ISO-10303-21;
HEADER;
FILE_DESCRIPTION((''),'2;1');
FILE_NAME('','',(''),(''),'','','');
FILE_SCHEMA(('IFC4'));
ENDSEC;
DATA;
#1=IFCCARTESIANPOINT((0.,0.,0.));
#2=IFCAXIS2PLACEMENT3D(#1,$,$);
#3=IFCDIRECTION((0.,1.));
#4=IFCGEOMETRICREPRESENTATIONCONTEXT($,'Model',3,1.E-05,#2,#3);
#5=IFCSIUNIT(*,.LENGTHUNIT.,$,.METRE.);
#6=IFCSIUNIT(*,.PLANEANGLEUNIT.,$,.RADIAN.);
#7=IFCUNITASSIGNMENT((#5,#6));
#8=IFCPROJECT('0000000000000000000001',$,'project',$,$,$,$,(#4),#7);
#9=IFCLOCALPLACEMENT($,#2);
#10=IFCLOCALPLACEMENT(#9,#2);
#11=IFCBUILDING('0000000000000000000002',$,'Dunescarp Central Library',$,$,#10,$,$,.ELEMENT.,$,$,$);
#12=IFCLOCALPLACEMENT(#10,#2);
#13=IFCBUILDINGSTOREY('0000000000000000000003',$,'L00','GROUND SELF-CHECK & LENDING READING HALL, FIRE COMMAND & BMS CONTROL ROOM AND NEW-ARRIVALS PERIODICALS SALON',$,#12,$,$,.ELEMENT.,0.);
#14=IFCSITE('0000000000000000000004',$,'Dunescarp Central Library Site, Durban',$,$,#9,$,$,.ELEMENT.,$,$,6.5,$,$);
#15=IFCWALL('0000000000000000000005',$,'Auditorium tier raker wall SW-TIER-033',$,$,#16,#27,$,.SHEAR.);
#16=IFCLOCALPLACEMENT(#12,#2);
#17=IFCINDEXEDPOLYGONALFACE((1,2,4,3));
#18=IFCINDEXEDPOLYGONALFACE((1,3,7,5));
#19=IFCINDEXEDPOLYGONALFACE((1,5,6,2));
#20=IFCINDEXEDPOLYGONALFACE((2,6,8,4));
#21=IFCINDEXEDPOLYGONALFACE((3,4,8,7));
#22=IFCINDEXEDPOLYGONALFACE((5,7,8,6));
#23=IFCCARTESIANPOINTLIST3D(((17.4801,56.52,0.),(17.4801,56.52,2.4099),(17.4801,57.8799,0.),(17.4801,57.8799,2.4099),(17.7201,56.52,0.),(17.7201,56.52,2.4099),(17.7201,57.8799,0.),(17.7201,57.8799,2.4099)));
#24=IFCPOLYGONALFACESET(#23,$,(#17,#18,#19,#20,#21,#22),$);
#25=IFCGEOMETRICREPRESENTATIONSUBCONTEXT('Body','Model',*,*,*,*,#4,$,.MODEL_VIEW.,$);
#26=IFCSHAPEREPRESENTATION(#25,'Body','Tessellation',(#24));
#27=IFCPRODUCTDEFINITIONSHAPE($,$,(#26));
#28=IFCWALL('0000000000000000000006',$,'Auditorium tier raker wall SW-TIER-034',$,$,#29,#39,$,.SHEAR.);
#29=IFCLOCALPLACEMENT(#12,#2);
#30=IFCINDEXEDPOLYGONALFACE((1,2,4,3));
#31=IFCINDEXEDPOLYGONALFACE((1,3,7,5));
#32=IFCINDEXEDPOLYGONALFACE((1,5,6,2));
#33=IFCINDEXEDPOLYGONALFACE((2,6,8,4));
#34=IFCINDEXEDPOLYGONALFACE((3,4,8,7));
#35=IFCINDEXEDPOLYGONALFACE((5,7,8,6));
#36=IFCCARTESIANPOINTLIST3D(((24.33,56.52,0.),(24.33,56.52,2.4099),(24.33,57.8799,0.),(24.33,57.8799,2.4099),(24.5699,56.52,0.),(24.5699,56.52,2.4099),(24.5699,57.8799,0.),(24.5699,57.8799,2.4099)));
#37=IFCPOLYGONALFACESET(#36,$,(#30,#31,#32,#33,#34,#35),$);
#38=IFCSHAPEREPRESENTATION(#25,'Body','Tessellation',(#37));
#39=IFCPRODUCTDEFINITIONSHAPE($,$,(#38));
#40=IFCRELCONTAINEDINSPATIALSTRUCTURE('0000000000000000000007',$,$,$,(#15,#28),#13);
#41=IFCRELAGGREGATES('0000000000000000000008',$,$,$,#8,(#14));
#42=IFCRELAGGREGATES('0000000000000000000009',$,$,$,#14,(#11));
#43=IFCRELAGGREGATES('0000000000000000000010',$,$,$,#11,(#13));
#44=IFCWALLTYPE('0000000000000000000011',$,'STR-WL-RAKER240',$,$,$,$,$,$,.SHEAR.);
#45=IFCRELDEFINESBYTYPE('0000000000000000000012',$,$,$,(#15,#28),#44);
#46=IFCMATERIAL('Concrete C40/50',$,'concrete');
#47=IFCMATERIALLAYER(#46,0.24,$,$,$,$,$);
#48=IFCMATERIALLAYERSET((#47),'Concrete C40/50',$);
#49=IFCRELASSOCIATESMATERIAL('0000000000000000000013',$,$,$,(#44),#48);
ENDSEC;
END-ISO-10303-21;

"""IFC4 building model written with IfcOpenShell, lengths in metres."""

from ifc_helpers import new_model, si_unit, direction, frame, frame_2d, origin, place, context, subcontext, project, spatial, rectangle, extrude, material, layer, layer_set, type_object, element, save


model = new_model("IFC4")

# Units and contexts
model_context = context("Model", 3, precision=1e-05, world=origin(), true_north=direction((0.0, 1.0)))
body_context = subcontext(model_context, "Body", "Model", "MODEL_VIEW")
ifc_project = project(units=[si_unit("LENGTHUNIT", "METRE"), si_unit("PLANEANGLEUNIT", "RADIAN")], contexts=[model_context])

# Site, building, storey
site_placement = place(None, origin())
site = spatial("IfcSite", under=ifc_project, at=site_placement, Name="Dunescarp Central Library Site, Durban", CompositionType="ELEMENT", RefElevation=6.5)
building_placement = place(site_placement, origin())
building = spatial("IfcBuilding", under=site, at=building_placement, Name="Dunescarp Central Library", CompositionType="ELEMENT")
storey_placement = place(building_placement, origin())
storey = spatial("IfcBuildingStorey", under=building, at=storey_placement, Name="L00", Description="GROUND SELF-CHECK & LENDING READING HALL, FIRE COMMAND & BMS CONTROL ROOM AND NEW-ARRIVALS PERIODICALS SALON", CompositionType="ELEMENT", Elevation=0.0)

# Shared definitions
ifc_material_1 = material(Name="Concrete C40/50", Category="concrete")

# Walls
ifc_layer_1 = layer(ifc_material_1, 0.24)
ifc_layer_set_1 = layer_set([ifc_layer_1], Name="Concrete C40/50")
wall_type_1 = type_object("IfcWallType", Name="STR-WL-RAKER240", PredefinedType="SHEAR", material=ifc_layer_set_1)
for number, where, z_axis, x_axis, name in (
    (1, (17.6001, 56.52, 0.0), (0.0, 0.0, 1.0), (0.0, 1.0, 0.0), "Auditorium tier raker wall SW-TIER-033"),
    (2, (24.45, 56.52, 0.0), (0.0, 0.0, 1.0), (0.0, 1.0, 0.0), "Auditorium tier raker wall SW-TIER-034"),
):
    element("IfcWall", number, at=place(storey_placement, frame(where, z_axis=z_axis, x_axis=x_axis)), inside=storey, type_object=wall_type_1, Name=name, PredefinedType="SHEAR", context=body_context, shape_type="SweptSolid", body=[
        extrude(rectangle(XDim=1.3599, YDim=0.24, at=frame_2d((0.6799, 0.0))), origin(), (0.0, 0.0, 1.0), 2.4099),
    ])

save(model, "model.ifc")
